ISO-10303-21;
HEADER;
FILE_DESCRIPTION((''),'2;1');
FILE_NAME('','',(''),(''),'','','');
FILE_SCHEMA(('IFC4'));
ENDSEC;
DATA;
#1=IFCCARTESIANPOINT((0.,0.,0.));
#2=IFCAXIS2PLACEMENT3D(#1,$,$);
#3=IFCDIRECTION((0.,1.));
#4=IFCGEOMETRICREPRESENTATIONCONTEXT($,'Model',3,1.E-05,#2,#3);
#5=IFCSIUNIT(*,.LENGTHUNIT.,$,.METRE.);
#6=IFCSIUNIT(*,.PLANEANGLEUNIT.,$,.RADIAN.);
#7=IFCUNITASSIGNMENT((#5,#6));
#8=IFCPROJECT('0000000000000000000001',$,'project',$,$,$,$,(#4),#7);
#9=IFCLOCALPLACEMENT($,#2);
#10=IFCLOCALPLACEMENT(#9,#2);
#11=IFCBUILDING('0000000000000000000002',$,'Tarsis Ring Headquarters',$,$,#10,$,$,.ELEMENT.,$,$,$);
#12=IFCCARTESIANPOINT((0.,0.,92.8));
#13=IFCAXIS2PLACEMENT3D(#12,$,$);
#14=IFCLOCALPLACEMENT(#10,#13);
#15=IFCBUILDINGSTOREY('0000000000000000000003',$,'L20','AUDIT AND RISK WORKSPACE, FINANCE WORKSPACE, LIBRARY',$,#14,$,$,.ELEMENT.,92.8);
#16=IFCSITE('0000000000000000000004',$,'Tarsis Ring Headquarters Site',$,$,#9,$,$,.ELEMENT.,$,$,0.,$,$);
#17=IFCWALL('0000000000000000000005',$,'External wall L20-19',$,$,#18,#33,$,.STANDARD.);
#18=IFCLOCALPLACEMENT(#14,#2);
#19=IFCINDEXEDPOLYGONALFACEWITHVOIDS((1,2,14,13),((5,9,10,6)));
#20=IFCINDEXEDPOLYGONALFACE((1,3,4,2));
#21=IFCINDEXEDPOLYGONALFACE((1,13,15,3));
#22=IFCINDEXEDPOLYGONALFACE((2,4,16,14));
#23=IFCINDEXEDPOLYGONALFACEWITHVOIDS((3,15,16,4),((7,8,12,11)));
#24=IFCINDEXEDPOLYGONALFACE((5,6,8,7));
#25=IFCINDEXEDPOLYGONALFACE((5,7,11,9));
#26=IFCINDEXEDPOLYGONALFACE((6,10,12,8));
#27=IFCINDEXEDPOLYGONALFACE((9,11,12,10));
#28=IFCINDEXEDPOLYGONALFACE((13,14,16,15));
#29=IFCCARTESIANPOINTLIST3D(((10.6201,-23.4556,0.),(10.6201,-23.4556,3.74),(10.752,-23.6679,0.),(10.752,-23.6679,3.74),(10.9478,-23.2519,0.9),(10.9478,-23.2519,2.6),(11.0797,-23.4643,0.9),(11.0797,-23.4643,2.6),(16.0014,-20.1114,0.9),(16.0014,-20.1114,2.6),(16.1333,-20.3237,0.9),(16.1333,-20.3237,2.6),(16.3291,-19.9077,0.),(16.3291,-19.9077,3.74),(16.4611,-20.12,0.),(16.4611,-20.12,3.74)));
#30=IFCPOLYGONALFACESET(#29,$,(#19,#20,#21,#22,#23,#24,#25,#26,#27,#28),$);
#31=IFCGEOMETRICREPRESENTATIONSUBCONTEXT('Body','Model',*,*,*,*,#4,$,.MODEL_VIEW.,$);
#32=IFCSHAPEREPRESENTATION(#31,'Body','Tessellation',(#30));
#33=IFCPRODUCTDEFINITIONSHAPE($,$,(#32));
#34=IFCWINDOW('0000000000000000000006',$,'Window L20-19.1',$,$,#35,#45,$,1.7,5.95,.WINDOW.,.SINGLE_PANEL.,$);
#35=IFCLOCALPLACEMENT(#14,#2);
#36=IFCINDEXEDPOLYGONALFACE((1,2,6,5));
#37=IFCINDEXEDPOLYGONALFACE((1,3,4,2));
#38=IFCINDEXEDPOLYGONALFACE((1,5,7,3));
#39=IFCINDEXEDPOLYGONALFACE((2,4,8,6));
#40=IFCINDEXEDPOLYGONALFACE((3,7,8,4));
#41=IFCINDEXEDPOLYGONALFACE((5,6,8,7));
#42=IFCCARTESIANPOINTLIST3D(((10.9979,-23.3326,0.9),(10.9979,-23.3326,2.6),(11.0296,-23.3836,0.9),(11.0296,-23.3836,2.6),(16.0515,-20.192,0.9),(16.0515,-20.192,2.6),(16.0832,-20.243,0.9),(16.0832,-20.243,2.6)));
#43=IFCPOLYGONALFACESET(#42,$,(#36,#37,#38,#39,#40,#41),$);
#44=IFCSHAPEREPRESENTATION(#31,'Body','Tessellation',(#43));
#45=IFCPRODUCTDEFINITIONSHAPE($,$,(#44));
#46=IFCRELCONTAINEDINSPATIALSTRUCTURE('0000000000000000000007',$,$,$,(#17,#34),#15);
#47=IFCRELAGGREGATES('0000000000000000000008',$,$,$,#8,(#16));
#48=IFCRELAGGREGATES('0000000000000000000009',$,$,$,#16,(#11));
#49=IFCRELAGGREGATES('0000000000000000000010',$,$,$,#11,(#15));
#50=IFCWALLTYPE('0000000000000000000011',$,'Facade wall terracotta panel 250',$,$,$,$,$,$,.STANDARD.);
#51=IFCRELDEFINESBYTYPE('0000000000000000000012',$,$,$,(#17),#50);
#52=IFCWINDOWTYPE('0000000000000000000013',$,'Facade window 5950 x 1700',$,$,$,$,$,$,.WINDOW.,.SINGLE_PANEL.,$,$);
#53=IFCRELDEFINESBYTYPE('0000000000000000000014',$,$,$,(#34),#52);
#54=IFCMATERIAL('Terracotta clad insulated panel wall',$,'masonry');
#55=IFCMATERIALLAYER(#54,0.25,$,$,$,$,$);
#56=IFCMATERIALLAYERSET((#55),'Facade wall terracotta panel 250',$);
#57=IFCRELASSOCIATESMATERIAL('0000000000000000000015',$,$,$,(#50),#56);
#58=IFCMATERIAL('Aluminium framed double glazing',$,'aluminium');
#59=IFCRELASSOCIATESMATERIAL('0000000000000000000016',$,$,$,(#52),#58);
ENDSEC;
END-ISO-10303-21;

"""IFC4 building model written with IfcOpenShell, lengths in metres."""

from ifc_helpers import new_model, si_unit, direction, frame, frame_2d, origin, place, context, subcontext, project, spatial, rectangle, extrude, material, layer, layer_set, type_object, element, fill, save


model = new_model("IFC4")

# Units and contexts
model_context = context("Model", 3, precision=1e-05, world=origin(), true_north=direction((0.0, 1.0)))
body_context = subcontext(model_context, "Body", "Model", "MODEL_VIEW")
ifc_project = project(units=[si_unit("LENGTHUNIT", "METRE"), si_unit("PLANEANGLEUNIT", "RADIAN")], contexts=[model_context])

# Site, building, storey
site_placement = place(None, origin())
site = spatial("IfcSite", under=ifc_project, at=site_placement, Name="Tarsis Ring Headquarters Site", CompositionType="ELEMENT", RefElevation=0.0)
building_placement = place(site_placement, origin())
building = spatial("IfcBuilding", under=site, at=building_placement, Name="Tarsis Ring Headquarters", CompositionType="ELEMENT")
storey_placement = place(building_placement, frame((0.0, 0.0, 92.8)))
storey = spatial("IfcBuildingStorey", under=building, at=storey_placement, Name="L20", Description="AUDIT AND RISK WORKSPACE, FINANCE WORKSPACE, LIBRARY", CompositionType="ELEMENT", Elevation=92.8)

# Wall, opening, window
ifc_material_1 = material(Name="Terracotta clad insulated panel wall", Category="masonry")
ifc_layer_1 = layer(ifc_material_1, 0.25)
ifc_layer_set_1 = layer_set([ifc_layer_1], Name="Facade wall terracotta panel 250")
wall_type_1 = type_object("IfcWallType", Name="Facade wall terracotta panel 250", PredefinedType="STANDARD", material=ifc_layer_set_1)
ifc_material_2 = material(Name="Aluminium framed double glazing", Category="aluminium")
window_type_1 = type_object("IfcWindowType", Name="Facade window 5950 x 1700", PartitioningType="SINGLE_PANEL", PredefinedType="WINDOW", material=ifc_material_2)
wall_1_placement = place(storey_placement, frame((10.686, -23.5618, 0.0), z_axis=(0.0, 0.0, 1.0), x_axis=(0.84935, 0.527829, 0.0)))
wall_1 = element("IfcWall", 1, at=wall_1_placement, inside=storey, type_object=wall_type_1, Name="External wall L20-19", PredefinedType="STANDARD", context=body_context, shape_type="SweptSolid", body=[
    extrude(rectangle(XDim=6.7217, YDim=0.25, at=frame_2d((3.3608, 0.0))), origin(), (0.0, 0.0, 1.0), 3.74),
])
opening_1_placement = place(wall_1_placement, frame((0.3857, 0.0, 0.8999)))
opening_1 = element("IfcOpeningElement", 2, at=opening_1_placement, cuts=wall_1, PredefinedType="OPENING", context=body_context, shape_type="SweptSolid", body=[
    extrude(rectangle(XDim=5.95, YDim=1.7, at=frame_2d((2.9751, 0.8501))), frame((0.0, 0.135, 0.0), z_axis=(0.0, -1.0, 0.0), x_axis=(1.0, 0.0, 0.0)), (0.0, 0.0, 1.0), 0.27),
])
window_1_placement = place(opening_1_placement, origin())
window_1 = element("IfcWindow", 3, at=window_1_placement, inside=storey, type_object=window_type_1, Name="Window L20-19.1", OverallHeight=1.7, OverallWidth=5.95, PartitioningType="SINGLE_PANEL", PredefinedType="WINDOW", context=body_context, shape_type="SweptSolid", body=[
    extrude(rectangle(XDim=5.95, YDim=1.7, at=frame_2d((2.9751, 0.8501))), frame((0.0, 0.03, 0.0), z_axis=(0.0, -1.0, 0.0), x_axis=(1.0, 0.0, 0.0)), (0.0, 0.0, 1.0), 0.0601),
])
fill(opening_1, window_1)

save(model, "model.ifc")
